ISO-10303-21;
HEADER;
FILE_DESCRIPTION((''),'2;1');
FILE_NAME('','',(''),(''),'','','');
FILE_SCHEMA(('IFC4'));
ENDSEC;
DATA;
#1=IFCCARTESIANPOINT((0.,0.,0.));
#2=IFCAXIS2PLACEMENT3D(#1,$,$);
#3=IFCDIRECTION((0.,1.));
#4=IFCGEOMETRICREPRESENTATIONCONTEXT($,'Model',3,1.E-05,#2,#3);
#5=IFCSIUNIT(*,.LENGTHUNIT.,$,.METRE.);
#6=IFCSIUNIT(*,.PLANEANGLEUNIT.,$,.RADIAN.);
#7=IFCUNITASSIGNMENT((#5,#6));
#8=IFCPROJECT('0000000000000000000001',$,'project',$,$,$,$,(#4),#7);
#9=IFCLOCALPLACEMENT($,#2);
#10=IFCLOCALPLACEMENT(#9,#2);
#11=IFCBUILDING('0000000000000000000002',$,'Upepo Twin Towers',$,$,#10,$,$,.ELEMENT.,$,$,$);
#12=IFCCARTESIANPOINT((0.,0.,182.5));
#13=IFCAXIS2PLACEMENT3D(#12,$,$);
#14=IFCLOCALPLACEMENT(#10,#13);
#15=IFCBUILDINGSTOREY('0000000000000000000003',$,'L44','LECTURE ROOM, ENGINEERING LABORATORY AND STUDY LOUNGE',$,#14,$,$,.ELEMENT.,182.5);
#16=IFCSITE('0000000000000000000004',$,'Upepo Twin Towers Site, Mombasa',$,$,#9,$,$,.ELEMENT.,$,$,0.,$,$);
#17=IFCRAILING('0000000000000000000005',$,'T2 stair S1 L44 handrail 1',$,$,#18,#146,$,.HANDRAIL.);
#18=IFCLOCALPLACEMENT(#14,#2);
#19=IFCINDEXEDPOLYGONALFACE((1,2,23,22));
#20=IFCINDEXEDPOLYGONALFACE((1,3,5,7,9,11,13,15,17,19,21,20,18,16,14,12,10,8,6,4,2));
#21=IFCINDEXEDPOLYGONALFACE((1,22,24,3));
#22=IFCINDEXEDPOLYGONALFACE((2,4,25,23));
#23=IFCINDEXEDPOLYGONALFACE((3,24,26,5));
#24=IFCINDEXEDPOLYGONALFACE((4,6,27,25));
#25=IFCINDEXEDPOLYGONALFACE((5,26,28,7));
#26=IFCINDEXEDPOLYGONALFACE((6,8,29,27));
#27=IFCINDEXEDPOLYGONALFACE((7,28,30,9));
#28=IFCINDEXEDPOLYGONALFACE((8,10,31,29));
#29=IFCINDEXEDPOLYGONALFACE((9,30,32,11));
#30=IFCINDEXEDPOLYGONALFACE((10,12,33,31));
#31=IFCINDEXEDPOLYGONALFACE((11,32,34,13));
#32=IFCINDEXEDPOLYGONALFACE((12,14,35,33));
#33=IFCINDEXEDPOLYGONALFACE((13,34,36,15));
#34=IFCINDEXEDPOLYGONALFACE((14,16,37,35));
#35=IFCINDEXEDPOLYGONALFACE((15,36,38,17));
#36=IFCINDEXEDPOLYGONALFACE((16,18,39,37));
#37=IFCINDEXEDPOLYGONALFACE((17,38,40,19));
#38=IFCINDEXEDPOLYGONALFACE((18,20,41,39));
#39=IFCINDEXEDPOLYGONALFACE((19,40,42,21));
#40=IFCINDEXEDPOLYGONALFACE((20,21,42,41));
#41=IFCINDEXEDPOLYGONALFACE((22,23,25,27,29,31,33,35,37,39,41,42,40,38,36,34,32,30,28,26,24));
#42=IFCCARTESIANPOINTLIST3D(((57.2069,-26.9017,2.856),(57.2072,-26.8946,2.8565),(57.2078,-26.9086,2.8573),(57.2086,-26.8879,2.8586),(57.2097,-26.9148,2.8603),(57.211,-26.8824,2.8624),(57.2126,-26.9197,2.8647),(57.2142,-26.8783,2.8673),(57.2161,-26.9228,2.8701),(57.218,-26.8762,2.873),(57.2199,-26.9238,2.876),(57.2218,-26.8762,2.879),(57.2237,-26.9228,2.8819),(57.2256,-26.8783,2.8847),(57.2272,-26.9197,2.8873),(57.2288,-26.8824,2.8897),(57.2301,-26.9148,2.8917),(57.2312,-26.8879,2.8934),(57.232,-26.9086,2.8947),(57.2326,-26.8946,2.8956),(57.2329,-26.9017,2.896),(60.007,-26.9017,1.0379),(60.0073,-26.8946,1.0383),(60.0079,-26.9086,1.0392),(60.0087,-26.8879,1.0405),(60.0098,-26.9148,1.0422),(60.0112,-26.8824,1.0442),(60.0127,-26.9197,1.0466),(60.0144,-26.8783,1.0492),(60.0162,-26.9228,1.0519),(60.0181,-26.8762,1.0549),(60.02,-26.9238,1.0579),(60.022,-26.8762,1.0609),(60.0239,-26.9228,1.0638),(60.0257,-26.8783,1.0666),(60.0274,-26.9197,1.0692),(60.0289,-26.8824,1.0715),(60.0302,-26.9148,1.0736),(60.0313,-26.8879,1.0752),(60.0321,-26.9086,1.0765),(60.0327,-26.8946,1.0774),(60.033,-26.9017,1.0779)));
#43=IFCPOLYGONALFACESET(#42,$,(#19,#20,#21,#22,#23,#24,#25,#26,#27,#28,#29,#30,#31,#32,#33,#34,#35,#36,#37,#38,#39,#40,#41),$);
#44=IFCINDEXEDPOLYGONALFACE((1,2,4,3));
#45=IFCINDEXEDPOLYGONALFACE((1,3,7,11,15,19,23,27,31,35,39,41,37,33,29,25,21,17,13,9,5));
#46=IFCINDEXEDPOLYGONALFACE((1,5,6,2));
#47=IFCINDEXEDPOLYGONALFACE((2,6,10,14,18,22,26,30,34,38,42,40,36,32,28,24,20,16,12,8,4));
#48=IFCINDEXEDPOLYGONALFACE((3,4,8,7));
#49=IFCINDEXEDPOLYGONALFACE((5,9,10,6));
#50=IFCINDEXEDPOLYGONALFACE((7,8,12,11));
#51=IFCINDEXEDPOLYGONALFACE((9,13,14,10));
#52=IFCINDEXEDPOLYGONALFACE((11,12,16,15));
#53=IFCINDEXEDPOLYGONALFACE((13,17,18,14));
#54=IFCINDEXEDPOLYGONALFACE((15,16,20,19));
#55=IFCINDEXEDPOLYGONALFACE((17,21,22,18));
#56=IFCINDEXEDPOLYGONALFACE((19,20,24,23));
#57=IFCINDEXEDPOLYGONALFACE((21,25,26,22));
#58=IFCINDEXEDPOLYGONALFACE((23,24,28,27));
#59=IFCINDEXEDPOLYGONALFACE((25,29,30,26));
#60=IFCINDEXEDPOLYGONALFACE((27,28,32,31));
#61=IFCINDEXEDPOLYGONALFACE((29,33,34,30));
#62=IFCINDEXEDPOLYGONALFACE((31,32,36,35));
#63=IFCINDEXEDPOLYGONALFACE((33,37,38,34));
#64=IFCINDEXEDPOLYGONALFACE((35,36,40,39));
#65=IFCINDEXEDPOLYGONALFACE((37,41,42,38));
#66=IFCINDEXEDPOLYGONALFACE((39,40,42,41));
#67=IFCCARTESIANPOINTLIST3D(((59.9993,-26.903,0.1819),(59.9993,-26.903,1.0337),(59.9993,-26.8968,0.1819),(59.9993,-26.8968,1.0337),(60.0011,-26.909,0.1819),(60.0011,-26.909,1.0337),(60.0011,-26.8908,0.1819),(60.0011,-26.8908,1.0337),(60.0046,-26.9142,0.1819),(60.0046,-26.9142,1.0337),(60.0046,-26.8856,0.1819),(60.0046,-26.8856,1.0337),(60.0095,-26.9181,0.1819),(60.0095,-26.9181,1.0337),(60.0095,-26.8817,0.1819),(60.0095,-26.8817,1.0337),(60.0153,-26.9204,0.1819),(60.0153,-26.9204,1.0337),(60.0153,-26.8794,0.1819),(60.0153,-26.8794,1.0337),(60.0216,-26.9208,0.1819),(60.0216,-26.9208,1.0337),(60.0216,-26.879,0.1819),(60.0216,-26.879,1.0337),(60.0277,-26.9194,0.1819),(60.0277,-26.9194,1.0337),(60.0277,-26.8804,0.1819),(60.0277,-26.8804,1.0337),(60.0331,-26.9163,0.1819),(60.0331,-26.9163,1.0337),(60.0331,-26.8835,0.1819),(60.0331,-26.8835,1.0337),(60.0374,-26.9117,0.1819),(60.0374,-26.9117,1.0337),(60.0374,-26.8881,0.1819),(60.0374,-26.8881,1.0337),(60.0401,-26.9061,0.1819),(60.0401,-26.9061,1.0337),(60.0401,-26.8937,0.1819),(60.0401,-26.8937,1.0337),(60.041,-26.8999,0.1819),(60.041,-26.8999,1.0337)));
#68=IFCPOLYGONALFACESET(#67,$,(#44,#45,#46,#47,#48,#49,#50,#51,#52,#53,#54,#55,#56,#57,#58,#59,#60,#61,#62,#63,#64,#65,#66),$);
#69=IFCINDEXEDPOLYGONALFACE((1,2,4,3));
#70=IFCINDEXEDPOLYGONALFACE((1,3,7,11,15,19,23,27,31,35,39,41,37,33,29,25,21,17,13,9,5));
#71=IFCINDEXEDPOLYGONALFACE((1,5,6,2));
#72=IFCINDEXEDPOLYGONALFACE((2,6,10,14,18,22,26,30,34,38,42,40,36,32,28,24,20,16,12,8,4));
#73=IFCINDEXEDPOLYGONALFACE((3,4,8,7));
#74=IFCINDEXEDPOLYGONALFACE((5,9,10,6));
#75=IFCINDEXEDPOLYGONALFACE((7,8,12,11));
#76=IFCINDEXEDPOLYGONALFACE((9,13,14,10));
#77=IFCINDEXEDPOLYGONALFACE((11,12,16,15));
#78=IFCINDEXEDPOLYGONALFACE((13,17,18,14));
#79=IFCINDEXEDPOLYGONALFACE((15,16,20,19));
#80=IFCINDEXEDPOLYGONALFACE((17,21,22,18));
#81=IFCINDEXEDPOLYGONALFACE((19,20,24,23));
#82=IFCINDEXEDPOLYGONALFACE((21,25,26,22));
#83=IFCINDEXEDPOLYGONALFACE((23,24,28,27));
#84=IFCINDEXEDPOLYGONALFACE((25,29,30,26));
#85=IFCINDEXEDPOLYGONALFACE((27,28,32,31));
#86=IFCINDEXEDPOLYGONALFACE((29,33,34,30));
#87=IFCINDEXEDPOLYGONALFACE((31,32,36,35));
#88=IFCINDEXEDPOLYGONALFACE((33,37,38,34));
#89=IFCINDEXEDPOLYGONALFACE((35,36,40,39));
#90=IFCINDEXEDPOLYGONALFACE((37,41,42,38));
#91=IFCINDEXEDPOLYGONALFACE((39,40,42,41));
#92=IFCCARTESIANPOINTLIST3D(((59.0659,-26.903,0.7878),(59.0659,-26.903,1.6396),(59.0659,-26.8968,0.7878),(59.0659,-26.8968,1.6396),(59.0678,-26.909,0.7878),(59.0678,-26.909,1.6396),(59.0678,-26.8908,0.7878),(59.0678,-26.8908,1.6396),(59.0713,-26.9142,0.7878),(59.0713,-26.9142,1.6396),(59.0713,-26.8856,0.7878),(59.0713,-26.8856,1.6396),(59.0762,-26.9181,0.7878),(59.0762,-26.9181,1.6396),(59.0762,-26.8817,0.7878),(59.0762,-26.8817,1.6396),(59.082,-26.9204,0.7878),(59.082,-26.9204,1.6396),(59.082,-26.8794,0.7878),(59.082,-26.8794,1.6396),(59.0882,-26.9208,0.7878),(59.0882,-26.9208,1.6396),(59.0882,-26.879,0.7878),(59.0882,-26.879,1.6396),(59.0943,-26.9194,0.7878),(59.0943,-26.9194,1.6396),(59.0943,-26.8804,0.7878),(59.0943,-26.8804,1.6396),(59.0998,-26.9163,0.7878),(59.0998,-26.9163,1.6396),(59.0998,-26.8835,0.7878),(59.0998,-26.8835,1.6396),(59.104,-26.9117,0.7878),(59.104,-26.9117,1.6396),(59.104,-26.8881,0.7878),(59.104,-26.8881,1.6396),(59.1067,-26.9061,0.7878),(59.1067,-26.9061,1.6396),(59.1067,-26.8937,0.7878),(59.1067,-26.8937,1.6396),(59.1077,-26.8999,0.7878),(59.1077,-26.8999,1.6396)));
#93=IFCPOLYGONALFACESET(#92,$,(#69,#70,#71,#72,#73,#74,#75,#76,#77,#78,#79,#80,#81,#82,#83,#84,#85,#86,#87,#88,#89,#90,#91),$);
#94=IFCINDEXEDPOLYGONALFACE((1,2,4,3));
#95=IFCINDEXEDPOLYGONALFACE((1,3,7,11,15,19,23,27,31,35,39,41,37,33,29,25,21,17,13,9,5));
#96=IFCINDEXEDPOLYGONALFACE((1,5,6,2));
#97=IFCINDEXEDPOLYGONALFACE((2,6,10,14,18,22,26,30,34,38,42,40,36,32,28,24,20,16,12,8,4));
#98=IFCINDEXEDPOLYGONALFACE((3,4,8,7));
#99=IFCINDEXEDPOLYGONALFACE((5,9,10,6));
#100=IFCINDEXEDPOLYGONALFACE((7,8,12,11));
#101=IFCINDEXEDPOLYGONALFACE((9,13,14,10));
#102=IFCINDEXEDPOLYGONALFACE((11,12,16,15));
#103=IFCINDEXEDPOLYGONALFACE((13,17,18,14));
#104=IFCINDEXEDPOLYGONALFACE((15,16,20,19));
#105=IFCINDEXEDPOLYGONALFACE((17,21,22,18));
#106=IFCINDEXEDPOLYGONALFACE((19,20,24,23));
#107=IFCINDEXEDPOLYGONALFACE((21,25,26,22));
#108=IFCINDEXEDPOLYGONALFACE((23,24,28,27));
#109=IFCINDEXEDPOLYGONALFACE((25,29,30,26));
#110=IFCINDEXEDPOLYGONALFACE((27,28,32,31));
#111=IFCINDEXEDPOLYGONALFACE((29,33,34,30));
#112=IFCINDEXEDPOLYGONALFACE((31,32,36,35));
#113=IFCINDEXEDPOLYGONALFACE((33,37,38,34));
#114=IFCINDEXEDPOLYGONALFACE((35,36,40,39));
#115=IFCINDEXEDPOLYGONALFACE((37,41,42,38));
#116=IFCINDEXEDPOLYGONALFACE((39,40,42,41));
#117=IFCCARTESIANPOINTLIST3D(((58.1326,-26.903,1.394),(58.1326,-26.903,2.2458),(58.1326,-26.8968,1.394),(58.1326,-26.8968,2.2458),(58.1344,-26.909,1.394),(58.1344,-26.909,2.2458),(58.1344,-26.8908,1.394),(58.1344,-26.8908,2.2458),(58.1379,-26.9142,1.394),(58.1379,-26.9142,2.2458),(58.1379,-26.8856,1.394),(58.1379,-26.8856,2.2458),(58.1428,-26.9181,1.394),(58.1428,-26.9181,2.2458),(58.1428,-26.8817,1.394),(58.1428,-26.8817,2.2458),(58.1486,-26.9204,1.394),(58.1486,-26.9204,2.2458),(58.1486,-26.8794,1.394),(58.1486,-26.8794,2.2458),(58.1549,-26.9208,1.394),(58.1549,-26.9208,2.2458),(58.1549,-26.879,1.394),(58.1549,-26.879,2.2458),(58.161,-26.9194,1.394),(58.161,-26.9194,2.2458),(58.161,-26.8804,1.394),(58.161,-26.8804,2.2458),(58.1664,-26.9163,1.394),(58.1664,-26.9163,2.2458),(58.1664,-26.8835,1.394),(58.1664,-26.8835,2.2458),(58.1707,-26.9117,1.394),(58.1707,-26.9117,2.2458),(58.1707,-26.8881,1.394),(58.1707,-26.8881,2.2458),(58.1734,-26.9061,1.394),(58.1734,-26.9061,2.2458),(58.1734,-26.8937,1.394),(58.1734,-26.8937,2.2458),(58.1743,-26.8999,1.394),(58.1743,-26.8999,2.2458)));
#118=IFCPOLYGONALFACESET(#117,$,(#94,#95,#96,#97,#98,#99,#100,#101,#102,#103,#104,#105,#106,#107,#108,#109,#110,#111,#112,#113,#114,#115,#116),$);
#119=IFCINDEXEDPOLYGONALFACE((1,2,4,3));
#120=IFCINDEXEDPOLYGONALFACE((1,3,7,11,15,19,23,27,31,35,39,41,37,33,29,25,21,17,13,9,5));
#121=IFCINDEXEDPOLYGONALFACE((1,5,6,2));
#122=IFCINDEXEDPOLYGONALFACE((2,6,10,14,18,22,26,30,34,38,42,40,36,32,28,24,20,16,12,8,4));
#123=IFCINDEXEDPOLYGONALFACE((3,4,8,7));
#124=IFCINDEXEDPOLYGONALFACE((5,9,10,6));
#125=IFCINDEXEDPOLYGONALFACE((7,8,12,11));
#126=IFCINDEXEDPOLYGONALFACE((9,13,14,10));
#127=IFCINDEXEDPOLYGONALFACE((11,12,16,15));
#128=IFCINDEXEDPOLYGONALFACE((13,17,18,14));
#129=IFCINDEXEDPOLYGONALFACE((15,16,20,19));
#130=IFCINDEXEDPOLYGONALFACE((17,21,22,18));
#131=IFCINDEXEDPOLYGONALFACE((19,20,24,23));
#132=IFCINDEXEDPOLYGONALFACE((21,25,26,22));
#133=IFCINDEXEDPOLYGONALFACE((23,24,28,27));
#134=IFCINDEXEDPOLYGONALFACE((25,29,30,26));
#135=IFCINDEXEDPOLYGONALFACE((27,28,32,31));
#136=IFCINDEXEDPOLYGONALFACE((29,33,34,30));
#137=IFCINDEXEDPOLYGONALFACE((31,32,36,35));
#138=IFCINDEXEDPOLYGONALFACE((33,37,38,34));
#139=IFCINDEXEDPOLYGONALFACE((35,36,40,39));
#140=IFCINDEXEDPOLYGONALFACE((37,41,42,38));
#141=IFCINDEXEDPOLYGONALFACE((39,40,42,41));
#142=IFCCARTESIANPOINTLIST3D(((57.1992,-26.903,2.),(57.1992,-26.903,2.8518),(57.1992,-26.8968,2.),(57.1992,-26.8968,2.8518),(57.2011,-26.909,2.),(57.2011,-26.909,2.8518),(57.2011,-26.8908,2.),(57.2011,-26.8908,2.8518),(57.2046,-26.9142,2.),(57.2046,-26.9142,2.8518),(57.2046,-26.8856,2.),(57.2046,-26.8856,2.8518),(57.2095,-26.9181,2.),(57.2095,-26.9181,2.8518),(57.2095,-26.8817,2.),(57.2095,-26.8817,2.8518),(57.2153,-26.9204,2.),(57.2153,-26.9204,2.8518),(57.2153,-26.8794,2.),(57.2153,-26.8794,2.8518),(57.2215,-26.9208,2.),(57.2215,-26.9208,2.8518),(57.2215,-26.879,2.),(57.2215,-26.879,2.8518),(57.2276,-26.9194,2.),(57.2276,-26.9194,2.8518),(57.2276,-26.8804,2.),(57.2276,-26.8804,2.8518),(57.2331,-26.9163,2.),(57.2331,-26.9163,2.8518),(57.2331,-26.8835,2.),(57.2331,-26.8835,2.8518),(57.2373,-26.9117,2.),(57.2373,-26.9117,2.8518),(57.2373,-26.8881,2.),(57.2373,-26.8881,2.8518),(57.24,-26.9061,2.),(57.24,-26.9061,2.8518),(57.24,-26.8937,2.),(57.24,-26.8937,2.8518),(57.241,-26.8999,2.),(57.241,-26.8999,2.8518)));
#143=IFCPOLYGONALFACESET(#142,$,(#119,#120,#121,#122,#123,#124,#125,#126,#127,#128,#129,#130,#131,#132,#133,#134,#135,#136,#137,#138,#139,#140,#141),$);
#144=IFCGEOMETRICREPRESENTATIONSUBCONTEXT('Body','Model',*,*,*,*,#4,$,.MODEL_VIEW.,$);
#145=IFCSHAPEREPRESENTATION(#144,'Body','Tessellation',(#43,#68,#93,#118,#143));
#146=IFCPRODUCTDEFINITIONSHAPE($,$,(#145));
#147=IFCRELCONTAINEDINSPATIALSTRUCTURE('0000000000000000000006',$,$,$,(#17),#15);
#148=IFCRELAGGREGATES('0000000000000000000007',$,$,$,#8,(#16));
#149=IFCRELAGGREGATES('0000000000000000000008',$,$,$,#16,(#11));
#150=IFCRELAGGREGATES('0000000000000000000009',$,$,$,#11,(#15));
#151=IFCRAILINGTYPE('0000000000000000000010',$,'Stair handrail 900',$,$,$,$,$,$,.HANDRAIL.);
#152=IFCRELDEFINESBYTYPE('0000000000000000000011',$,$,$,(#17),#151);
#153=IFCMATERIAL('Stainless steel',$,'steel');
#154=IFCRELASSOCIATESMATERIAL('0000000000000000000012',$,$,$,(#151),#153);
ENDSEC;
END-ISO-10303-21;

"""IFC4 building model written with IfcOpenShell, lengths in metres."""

from ifc_helpers import new_model, si_unit, direction, frame, origin, origin_2d, place, context, subcontext, project, spatial, circle, extrude, material, type_object, element, save


model = new_model("IFC4")

# Units and contexts
model_context = context("Model", 3, precision=1e-05, world=origin(), true_north=direction((0.0, 1.0)))
body_context = subcontext(model_context, "Body", "Model", "MODEL_VIEW")
ifc_project = project(units=[si_unit("LENGTHUNIT", "METRE"), si_unit("PLANEANGLEUNIT", "RADIAN")], contexts=[model_context])

# Site, building, storey
site_placement = place(None, origin())
site = spatial("IfcSite", under=ifc_project, at=site_placement, Name="Upepo Twin Towers Site, Mombasa", CompositionType="ELEMENT", RefElevation=0.0)
building_placement = place(site_placement, origin())
building = spatial("IfcBuilding", under=site, at=building_placement, Name="Upepo Twin Towers", CompositionType="ELEMENT")
storey_placement = place(building_placement, frame((0.0, 0.0, 182.5)))
storey = spatial("IfcBuildingStorey", under=building, at=storey_placement, Name="L44", Description="LECTURE ROOM, ENGINEERING LABORATORY AND STUDY LOUNGE", CompositionType="ELEMENT", Elevation=182.5)

# Railing
ifc_material_1 = material(Name="Stainless steel", Category="steel")
railing_type = type_object("IfcRailingType", Name="Stair handrail 900", PredefinedType="HANDRAIL", material=ifc_material_1)
railing_1_placement = place(storey_placement, frame((60.02, -26.8999, 0.1819)))
element("IfcRailing", 1, at=railing_1_placement, inside=storey, type_object=railing_type, Name="T2 stair S1 L44 handrail 1", PredefinedType="HANDRAIL", context=body_context, shape_type="SweptSolid", body=[
    extrude(circle(Radius=0.0239, at=origin_2d()), frame((0.0, 0.0, 0.876), z_axis=(-0.838706, 0.0, 0.544585), x_axis=(0.0, -1.0, 0.0)), (0.0, 0.0, 1.0), 3.3386),
    extrude(circle(Radius=0.021, at=origin_2d()), origin(), (0.0, 0.0, 1.0), 0.8518),
    extrude(circle(Radius=0.021, at=origin_2d()), frame((-0.9333, 0.0, 0.606)), (0.0, 0.0, 1.0), 0.8518),
    extrude(circle(Radius=0.021, at=origin_2d()), frame((-1.8667, 0.0, 1.2122)), (0.0, 0.0, 1.0), 0.8518),
    extrude(circle(Radius=0.021, at=origin_2d()), frame((-2.8, 0.0, 1.8181)), (0.0, 0.0, 1.0), 0.8518),
])

save(model, "model.ifc")
